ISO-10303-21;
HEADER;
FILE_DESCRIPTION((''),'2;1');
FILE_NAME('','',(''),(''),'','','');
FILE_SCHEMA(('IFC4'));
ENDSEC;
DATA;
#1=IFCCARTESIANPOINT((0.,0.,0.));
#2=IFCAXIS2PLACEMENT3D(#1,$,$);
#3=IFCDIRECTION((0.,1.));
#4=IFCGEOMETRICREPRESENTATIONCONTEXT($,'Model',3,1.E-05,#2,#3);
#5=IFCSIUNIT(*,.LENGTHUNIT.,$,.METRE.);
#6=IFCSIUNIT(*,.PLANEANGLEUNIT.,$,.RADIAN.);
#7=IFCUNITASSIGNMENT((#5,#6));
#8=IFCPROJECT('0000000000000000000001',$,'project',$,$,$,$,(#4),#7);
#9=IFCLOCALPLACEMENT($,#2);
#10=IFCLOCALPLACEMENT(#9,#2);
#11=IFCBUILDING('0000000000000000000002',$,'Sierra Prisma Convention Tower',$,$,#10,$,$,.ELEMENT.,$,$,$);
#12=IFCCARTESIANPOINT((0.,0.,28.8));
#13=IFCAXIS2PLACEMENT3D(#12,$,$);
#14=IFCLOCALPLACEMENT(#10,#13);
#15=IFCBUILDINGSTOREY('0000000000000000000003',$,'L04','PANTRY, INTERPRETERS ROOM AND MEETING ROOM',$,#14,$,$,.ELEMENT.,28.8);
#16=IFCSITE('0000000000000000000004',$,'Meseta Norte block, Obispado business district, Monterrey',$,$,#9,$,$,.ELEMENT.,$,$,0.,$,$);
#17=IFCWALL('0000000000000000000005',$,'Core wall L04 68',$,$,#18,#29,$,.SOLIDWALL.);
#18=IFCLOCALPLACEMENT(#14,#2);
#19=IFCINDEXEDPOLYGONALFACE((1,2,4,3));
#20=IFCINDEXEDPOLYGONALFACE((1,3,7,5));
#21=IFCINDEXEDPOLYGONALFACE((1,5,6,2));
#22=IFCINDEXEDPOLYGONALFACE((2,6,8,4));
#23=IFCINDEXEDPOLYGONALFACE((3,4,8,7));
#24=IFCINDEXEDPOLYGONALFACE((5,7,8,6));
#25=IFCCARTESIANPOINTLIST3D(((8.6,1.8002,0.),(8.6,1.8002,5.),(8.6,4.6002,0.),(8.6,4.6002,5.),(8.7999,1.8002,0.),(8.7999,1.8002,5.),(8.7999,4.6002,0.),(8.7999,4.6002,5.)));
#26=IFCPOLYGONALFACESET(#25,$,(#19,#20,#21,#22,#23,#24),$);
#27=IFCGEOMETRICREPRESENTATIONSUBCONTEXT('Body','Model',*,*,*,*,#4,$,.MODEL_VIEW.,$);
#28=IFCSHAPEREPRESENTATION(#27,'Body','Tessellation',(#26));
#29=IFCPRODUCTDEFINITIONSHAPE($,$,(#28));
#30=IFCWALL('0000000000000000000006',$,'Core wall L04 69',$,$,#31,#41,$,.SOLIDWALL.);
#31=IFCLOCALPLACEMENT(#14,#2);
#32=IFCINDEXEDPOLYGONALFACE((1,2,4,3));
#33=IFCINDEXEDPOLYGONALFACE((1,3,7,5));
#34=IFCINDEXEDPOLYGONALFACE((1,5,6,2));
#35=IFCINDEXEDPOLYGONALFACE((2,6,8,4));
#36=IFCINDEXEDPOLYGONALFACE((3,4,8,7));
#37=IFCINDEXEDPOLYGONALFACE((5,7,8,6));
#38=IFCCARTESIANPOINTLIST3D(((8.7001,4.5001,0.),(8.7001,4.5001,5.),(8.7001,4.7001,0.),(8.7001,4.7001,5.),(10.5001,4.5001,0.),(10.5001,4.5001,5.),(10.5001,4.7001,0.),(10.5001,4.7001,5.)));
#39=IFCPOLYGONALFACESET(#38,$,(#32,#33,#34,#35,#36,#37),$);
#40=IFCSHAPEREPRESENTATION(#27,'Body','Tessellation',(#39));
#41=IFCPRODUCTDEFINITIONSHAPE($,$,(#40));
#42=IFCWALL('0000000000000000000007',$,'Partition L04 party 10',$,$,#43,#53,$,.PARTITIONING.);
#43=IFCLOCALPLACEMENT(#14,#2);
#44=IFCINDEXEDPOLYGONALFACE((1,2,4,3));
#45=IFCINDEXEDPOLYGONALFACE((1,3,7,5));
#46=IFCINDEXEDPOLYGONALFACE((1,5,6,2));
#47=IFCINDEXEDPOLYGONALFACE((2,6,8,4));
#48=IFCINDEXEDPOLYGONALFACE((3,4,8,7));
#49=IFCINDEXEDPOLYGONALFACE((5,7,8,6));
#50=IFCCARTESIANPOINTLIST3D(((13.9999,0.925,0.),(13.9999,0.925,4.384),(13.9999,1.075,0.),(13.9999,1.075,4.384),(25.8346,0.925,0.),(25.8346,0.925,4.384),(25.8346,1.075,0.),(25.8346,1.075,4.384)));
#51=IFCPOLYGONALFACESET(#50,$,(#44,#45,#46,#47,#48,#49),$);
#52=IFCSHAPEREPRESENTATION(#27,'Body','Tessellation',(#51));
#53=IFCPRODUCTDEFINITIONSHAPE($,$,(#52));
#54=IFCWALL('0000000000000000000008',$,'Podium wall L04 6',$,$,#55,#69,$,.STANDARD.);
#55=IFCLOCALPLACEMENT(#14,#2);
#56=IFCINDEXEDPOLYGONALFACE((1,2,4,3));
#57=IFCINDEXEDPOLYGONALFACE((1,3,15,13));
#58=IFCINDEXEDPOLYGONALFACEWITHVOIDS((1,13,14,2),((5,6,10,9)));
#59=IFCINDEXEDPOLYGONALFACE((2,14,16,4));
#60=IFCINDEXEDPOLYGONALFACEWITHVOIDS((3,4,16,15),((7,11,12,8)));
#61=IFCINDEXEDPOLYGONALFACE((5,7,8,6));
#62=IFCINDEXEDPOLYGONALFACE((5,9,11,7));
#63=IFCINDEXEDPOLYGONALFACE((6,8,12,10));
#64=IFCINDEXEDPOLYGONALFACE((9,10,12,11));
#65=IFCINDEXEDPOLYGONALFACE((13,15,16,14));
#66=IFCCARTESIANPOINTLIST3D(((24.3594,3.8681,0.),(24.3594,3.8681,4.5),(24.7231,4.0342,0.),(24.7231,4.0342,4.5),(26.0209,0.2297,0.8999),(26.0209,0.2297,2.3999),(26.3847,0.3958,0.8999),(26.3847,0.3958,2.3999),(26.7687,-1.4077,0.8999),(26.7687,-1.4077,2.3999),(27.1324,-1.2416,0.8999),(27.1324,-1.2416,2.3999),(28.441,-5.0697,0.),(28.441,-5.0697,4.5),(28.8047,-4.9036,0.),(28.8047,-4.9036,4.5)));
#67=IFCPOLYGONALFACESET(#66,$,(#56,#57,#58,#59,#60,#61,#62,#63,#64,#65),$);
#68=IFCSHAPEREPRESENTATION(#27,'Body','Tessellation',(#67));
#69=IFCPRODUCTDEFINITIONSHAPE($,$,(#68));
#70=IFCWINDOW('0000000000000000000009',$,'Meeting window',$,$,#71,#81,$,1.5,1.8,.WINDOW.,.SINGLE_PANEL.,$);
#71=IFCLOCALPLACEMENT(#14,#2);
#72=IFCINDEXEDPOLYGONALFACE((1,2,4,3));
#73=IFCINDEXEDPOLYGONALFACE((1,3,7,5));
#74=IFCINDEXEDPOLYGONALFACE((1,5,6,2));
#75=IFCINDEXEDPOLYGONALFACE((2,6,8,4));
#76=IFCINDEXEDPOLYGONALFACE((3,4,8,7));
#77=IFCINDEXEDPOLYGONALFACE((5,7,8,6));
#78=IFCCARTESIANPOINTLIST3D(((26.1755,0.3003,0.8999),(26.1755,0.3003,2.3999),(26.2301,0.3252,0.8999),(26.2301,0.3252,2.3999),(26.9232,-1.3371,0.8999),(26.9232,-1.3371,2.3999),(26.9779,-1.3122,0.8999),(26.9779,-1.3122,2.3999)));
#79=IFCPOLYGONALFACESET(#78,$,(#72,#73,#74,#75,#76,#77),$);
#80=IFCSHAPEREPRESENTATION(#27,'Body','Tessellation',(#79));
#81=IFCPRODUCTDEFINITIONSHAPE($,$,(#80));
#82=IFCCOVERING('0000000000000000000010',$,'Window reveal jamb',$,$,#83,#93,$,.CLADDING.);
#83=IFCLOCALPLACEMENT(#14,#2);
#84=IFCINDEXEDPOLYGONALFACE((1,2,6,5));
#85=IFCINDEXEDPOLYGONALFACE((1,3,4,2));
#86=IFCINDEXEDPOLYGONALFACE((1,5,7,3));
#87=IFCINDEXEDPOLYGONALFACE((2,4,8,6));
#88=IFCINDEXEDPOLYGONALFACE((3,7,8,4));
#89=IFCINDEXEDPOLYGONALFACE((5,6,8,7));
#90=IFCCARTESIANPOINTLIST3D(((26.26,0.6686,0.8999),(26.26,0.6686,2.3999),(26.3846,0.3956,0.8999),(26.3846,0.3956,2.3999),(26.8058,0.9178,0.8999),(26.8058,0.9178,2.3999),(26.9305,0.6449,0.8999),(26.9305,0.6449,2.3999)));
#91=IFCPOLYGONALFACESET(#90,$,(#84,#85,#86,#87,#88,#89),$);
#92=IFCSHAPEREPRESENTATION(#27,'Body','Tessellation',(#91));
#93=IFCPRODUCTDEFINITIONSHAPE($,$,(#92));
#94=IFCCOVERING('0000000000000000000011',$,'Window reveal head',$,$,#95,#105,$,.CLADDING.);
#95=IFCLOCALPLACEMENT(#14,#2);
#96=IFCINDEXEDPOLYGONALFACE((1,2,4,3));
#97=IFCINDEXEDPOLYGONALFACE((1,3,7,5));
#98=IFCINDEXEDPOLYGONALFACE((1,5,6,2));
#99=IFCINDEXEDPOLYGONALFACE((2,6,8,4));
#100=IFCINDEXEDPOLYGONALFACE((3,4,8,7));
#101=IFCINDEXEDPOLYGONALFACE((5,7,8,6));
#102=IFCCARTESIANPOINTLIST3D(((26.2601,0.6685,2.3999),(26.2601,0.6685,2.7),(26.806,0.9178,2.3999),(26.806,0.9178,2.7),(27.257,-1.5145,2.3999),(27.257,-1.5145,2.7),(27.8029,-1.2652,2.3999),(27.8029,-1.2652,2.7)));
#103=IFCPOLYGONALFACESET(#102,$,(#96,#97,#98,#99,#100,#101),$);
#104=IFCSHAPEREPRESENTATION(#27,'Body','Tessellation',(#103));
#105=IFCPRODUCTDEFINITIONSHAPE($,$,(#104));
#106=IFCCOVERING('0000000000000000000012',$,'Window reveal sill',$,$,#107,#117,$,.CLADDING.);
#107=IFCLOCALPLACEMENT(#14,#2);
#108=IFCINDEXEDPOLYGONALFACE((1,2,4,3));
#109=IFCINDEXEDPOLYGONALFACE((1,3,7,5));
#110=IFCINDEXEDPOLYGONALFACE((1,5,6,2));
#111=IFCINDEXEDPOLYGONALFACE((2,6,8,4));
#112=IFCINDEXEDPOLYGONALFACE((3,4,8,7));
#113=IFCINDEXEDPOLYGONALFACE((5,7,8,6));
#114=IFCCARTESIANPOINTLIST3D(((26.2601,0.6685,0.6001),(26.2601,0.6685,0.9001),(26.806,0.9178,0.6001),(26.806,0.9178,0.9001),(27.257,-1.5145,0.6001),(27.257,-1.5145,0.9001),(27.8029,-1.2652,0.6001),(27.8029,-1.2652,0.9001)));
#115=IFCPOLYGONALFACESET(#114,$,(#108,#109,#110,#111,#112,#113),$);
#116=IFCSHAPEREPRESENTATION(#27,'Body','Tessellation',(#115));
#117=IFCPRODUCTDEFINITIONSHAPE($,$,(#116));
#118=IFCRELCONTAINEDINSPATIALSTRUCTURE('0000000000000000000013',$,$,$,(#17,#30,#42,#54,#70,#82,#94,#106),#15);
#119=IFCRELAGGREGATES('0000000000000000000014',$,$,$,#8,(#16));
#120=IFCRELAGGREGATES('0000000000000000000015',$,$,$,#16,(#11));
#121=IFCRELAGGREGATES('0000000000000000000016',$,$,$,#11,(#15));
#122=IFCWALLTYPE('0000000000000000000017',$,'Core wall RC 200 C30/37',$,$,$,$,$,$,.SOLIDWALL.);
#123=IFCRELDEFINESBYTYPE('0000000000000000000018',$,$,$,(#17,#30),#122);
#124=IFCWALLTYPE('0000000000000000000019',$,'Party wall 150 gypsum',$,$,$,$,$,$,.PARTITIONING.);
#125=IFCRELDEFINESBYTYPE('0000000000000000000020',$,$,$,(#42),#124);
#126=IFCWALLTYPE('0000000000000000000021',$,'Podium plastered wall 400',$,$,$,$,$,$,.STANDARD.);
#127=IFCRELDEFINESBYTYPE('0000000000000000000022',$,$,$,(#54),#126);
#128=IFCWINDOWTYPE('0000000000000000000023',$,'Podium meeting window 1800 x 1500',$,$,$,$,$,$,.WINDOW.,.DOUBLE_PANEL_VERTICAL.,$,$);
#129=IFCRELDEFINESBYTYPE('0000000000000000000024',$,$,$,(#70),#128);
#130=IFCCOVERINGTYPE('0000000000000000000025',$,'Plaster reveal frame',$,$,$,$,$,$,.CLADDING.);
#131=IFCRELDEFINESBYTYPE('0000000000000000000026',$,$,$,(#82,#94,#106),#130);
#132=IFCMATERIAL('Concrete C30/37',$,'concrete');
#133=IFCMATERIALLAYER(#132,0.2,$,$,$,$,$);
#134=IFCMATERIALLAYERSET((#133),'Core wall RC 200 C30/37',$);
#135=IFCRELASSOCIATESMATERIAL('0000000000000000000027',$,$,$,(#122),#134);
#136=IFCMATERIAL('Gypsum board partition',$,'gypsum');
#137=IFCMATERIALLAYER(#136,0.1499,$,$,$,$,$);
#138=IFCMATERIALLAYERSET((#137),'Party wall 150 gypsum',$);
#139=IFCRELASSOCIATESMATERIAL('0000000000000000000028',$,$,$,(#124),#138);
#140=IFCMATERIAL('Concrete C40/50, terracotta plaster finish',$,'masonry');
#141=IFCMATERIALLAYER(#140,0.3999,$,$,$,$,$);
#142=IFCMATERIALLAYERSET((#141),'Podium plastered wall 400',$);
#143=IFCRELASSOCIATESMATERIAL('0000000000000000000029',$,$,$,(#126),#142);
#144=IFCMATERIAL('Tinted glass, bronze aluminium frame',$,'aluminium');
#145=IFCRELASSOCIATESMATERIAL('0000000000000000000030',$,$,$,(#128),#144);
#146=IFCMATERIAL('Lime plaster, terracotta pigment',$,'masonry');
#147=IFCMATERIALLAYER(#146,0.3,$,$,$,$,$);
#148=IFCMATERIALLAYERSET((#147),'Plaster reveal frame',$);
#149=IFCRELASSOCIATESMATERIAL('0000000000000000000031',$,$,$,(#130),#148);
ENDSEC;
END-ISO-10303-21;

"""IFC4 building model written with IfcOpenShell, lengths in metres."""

from ifc_helpers import new_model, si_unit, direction, frame, frame_2d, origin, origin_2d, place, context, subcontext, project, spatial, rectangle, extrude, material, layer, layer_set, type_object, element, fill, save


model = new_model("IFC4")

# Units and contexts
model_context = context("Model", 3, precision=1e-05, world=origin(), true_north=direction((0.0, 1.0)))
body_context = subcontext(model_context, "Body", "Model", "MODEL_VIEW")
ifc_project = project(units=[si_unit("LENGTHUNIT", "METRE"), si_unit("PLANEANGLEUNIT", "RADIAN")], contexts=[model_context])

# Site, building, storey
site_placement = place(None, origin())
site = spatial("IfcSite", under=ifc_project, at=site_placement, Name="Meseta Norte block, Obispado business district, Monterrey", CompositionType="ELEMENT", RefElevation=0.0)
building_placement = place(site_placement, origin())
building = spatial("IfcBuilding", under=site, at=building_placement, Name="Sierra Prisma Convention Tower", CompositionType="ELEMENT")
storey_placement = place(building_placement, frame((0.0, 0.0, 28.8)))
storey = spatial("IfcBuildingStorey", under=building, at=storey_placement, Name="L04", Description="PANTRY, INTERPRETERS ROOM AND MEETING ROOM", CompositionType="ELEMENT", Elevation=28.8)

# Shared definitions
ifc_material_1 = material(Name="Concrete C30/37", Category="concrete")
ifc_layer_1 = layer(ifc_material_1, 0.2)
ifc_layer_set_1 = layer_set([ifc_layer_1], Name="Core wall RC 200 C30/37")
wall_type_1 = type_object("IfcWallType", Name="Core wall RC 200 C30/37", PredefinedType="SOLIDWALL", material=ifc_layer_set_1)

# Walls
wall_1_placement = place(storey_placement, frame((8.7, 4.6001, 0.0), z_axis=(0.0, 0.0, 1.0), x_axis=(0.0, -1.0, 0.0)))
element("IfcWall", 1, at=wall_1_placement, inside=storey, type_object=wall_type_1, Name="Core wall L04 68", PredefinedType="SOLIDWALL", context=body_context, shape_type="SweptSolid", body=[
    extrude(rectangle(XDim=2.8, YDim=0.2, at=frame_2d((1.3999, 0.0))), origin(), (0.0, 0.0, 1.0), 5.0),
])
wall_2_placement = place(storey_placement, frame((10.5, 4.6001, 0.0), z_axis=(0.0, 0.0, 1.0), x_axis=(-1.0, 0.0, 0.0)))
element("IfcWall", 2, at=wall_2_placement, inside=storey, type_object=wall_type_1, Name="Core wall L04 69", PredefinedType="SOLIDWALL", context=body_context, shape_type="SweptSolid", body=[
    extrude(rectangle(XDim=1.8, YDim=0.2, at=frame_2d((0.8999, 0.0))), origin(), (0.0, 0.0, 1.0), 5.0),
])
ifc_material_2 = material(Name="Gypsum board partition", Category="gypsum")
ifc_layer_2 = layer(ifc_material_2, 0.1499)
ifc_layer_set_2 = layer_set([ifc_layer_2], Name="Party wall 150 gypsum")
wall_type_2 = type_object("IfcWallType", Name="Party wall 150 gypsum", PredefinedType="PARTITIONING", material=ifc_layer_set_2)
wall_3_placement = place(storey_placement, frame((25.8347, 1.0, 0.0), z_axis=(0.0, 0.0, 1.0), x_axis=(-1.0, 0.0, 0.0)))
element("IfcWall", 3, at=wall_3_placement, inside=storey, type_object=wall_type_2, Name="Partition L04 party 10", PredefinedType="PARTITIONING", context=body_context, shape_type="SweptSolid", body=[
    extrude(rectangle(XDim=11.8347, YDim=0.1499, at=frame_2d((5.9175, 0.0))), origin(), (0.0, 0.0, 1.0), 4.384),
])

# Wall, opening, window
ifc_material_3 = material(Name="Concrete C40/50, terracotta plaster finish", Category="masonry")
ifc_layer_3 = layer(ifc_material_3, 0.3999)
ifc_layer_set_3 = layer_set([ifc_layer_3], Name="Podium plastered wall 400")
wall_type_3 = type_object("IfcWallType", Name="Podium plastered wall 400", PredefinedType="STANDARD", material=ifc_layer_set_3)
wall_4_placement = place(storey_placement, frame((24.5413, 3.9512, 0.0), z_axis=(0.0, 0.0, 1.0), x_axis=(0.415399, -0.909639, 0.0)))
wall_4 = element("IfcWall", 4, at=wall_4_placement, inside=storey, type_object=wall_type_3, Name="Podium wall L04 6", PredefinedType="STANDARD", context=body_context, shape_type="SweptSolid", body=[
    extrude(rectangle(XDim=9.8257, YDim=0.3999, at=frame_2d((4.9128, 0.0))), origin(), (0.0, 0.0, 1.0), 4.5),
])
opening_1_placement = place(wall_4_placement, frame((4.0, 0.0, 0.8999)))
opening_1 = element("IfcOpeningElement", 5, at=opening_1_placement, cuts=wall_4, PredefinedType="OPENING", context=body_context, shape_type="SweptSolid", body=[
    extrude(rectangle(XDim=1.8, YDim=1.5, at=frame_2d((0.8999, 0.75))), frame((0.0, 0.2, 0.0), z_axis=(0.0, -1.0, 0.0), x_axis=(1.0, 0.0, 0.0)), (0.0, 0.0, 1.0), 0.3999),
])
ifc_material_4 = material(Name="Tinted glass, bronze aluminium frame", Category="aluminium")
window_type = type_object("IfcWindowType", Name="Podium meeting window 1800 x 1500", PartitioningType="DOUBLE_PANEL_VERTICAL", PredefinedType="WINDOW", material=ifc_material_4)
window_placement = place(opening_1_placement, origin())
window = element("IfcWindow", 6, at=window_placement, inside=storey, type_object=window_type, Name="Meeting window", OverallHeight=1.5, OverallWidth=1.8, PartitioningType="SINGLE_PANEL", PredefinedType="WINDOW", context=body_context, shape_type="SweptSolid", body=[
    extrude(rectangle(XDim=1.8, YDim=1.5, at=frame_2d((0.8999, 0.75))), frame((0.0, 0.03, 0.0), z_axis=(0.0, -1.0, 0.0), x_axis=(1.0, 0.0, 0.0)), (0.0, 0.0, 1.0), 0.0601),
])
fill(opening_1, window)

# Coverings
ifc_material_5 = material(Name="Lime plaster, terracotta pigment", Category="masonry")
ifc_layer_4 = layer(ifc_material_5, 0.3)
ifc_layer_set_4 = layer_set([ifc_layer_4], Name="Plaster reveal frame")
covering_type = type_object("IfcCoveringType", Name="Plaster reveal frame", PredefinedType="CLADDING", material=ifc_layer_set_4)
covering_placement = place(storey_placement, frame((26.5952, 0.6567, 0.8999), z_axis=(0.0, 0.0, 1.0), x_axis=(0.415398, -0.90964, 0.0)))
element("IfcCovering", 7, at=covering_placement, inside=storey, type_object=covering_type, Name="Window reveal jamb", PredefinedType="CLADDING", context=body_context, shape_type="SweptSolid", body=[
    extrude(rectangle(XDim=0.3, YDim=0.6001, at=origin_2d()), origin(), (0.0, 0.0, 1.0), 1.5),
])
for number, where, z_axis, x_axis, name in (
    (8, (27.0315, -0.2983, 2.3999), (0.0, 0.0, 1.0), (0.415398, -0.90964, 0.0), "Window reveal head"),
    (9, (27.0315, -0.2983, 0.6001), (0.0, 0.0, 1.0), (0.415398, -0.90964, 0.0), "Window reveal sill"),
):
    element("IfcCovering", number, at=place(storey_placement, frame(where, z_axis=z_axis, x_axis=x_axis)), inside=storey, type_object=covering_type, Name=name, PredefinedType="CLADDING", context=body_context, shape_type="SweptSolid", body=[
        extrude(rectangle(XDim=2.3999, YDim=0.6001, at=origin_2d()), origin(), (0.0, 0.0, 1.0), 0.3),
    ])

save(model, "model.ifc")
